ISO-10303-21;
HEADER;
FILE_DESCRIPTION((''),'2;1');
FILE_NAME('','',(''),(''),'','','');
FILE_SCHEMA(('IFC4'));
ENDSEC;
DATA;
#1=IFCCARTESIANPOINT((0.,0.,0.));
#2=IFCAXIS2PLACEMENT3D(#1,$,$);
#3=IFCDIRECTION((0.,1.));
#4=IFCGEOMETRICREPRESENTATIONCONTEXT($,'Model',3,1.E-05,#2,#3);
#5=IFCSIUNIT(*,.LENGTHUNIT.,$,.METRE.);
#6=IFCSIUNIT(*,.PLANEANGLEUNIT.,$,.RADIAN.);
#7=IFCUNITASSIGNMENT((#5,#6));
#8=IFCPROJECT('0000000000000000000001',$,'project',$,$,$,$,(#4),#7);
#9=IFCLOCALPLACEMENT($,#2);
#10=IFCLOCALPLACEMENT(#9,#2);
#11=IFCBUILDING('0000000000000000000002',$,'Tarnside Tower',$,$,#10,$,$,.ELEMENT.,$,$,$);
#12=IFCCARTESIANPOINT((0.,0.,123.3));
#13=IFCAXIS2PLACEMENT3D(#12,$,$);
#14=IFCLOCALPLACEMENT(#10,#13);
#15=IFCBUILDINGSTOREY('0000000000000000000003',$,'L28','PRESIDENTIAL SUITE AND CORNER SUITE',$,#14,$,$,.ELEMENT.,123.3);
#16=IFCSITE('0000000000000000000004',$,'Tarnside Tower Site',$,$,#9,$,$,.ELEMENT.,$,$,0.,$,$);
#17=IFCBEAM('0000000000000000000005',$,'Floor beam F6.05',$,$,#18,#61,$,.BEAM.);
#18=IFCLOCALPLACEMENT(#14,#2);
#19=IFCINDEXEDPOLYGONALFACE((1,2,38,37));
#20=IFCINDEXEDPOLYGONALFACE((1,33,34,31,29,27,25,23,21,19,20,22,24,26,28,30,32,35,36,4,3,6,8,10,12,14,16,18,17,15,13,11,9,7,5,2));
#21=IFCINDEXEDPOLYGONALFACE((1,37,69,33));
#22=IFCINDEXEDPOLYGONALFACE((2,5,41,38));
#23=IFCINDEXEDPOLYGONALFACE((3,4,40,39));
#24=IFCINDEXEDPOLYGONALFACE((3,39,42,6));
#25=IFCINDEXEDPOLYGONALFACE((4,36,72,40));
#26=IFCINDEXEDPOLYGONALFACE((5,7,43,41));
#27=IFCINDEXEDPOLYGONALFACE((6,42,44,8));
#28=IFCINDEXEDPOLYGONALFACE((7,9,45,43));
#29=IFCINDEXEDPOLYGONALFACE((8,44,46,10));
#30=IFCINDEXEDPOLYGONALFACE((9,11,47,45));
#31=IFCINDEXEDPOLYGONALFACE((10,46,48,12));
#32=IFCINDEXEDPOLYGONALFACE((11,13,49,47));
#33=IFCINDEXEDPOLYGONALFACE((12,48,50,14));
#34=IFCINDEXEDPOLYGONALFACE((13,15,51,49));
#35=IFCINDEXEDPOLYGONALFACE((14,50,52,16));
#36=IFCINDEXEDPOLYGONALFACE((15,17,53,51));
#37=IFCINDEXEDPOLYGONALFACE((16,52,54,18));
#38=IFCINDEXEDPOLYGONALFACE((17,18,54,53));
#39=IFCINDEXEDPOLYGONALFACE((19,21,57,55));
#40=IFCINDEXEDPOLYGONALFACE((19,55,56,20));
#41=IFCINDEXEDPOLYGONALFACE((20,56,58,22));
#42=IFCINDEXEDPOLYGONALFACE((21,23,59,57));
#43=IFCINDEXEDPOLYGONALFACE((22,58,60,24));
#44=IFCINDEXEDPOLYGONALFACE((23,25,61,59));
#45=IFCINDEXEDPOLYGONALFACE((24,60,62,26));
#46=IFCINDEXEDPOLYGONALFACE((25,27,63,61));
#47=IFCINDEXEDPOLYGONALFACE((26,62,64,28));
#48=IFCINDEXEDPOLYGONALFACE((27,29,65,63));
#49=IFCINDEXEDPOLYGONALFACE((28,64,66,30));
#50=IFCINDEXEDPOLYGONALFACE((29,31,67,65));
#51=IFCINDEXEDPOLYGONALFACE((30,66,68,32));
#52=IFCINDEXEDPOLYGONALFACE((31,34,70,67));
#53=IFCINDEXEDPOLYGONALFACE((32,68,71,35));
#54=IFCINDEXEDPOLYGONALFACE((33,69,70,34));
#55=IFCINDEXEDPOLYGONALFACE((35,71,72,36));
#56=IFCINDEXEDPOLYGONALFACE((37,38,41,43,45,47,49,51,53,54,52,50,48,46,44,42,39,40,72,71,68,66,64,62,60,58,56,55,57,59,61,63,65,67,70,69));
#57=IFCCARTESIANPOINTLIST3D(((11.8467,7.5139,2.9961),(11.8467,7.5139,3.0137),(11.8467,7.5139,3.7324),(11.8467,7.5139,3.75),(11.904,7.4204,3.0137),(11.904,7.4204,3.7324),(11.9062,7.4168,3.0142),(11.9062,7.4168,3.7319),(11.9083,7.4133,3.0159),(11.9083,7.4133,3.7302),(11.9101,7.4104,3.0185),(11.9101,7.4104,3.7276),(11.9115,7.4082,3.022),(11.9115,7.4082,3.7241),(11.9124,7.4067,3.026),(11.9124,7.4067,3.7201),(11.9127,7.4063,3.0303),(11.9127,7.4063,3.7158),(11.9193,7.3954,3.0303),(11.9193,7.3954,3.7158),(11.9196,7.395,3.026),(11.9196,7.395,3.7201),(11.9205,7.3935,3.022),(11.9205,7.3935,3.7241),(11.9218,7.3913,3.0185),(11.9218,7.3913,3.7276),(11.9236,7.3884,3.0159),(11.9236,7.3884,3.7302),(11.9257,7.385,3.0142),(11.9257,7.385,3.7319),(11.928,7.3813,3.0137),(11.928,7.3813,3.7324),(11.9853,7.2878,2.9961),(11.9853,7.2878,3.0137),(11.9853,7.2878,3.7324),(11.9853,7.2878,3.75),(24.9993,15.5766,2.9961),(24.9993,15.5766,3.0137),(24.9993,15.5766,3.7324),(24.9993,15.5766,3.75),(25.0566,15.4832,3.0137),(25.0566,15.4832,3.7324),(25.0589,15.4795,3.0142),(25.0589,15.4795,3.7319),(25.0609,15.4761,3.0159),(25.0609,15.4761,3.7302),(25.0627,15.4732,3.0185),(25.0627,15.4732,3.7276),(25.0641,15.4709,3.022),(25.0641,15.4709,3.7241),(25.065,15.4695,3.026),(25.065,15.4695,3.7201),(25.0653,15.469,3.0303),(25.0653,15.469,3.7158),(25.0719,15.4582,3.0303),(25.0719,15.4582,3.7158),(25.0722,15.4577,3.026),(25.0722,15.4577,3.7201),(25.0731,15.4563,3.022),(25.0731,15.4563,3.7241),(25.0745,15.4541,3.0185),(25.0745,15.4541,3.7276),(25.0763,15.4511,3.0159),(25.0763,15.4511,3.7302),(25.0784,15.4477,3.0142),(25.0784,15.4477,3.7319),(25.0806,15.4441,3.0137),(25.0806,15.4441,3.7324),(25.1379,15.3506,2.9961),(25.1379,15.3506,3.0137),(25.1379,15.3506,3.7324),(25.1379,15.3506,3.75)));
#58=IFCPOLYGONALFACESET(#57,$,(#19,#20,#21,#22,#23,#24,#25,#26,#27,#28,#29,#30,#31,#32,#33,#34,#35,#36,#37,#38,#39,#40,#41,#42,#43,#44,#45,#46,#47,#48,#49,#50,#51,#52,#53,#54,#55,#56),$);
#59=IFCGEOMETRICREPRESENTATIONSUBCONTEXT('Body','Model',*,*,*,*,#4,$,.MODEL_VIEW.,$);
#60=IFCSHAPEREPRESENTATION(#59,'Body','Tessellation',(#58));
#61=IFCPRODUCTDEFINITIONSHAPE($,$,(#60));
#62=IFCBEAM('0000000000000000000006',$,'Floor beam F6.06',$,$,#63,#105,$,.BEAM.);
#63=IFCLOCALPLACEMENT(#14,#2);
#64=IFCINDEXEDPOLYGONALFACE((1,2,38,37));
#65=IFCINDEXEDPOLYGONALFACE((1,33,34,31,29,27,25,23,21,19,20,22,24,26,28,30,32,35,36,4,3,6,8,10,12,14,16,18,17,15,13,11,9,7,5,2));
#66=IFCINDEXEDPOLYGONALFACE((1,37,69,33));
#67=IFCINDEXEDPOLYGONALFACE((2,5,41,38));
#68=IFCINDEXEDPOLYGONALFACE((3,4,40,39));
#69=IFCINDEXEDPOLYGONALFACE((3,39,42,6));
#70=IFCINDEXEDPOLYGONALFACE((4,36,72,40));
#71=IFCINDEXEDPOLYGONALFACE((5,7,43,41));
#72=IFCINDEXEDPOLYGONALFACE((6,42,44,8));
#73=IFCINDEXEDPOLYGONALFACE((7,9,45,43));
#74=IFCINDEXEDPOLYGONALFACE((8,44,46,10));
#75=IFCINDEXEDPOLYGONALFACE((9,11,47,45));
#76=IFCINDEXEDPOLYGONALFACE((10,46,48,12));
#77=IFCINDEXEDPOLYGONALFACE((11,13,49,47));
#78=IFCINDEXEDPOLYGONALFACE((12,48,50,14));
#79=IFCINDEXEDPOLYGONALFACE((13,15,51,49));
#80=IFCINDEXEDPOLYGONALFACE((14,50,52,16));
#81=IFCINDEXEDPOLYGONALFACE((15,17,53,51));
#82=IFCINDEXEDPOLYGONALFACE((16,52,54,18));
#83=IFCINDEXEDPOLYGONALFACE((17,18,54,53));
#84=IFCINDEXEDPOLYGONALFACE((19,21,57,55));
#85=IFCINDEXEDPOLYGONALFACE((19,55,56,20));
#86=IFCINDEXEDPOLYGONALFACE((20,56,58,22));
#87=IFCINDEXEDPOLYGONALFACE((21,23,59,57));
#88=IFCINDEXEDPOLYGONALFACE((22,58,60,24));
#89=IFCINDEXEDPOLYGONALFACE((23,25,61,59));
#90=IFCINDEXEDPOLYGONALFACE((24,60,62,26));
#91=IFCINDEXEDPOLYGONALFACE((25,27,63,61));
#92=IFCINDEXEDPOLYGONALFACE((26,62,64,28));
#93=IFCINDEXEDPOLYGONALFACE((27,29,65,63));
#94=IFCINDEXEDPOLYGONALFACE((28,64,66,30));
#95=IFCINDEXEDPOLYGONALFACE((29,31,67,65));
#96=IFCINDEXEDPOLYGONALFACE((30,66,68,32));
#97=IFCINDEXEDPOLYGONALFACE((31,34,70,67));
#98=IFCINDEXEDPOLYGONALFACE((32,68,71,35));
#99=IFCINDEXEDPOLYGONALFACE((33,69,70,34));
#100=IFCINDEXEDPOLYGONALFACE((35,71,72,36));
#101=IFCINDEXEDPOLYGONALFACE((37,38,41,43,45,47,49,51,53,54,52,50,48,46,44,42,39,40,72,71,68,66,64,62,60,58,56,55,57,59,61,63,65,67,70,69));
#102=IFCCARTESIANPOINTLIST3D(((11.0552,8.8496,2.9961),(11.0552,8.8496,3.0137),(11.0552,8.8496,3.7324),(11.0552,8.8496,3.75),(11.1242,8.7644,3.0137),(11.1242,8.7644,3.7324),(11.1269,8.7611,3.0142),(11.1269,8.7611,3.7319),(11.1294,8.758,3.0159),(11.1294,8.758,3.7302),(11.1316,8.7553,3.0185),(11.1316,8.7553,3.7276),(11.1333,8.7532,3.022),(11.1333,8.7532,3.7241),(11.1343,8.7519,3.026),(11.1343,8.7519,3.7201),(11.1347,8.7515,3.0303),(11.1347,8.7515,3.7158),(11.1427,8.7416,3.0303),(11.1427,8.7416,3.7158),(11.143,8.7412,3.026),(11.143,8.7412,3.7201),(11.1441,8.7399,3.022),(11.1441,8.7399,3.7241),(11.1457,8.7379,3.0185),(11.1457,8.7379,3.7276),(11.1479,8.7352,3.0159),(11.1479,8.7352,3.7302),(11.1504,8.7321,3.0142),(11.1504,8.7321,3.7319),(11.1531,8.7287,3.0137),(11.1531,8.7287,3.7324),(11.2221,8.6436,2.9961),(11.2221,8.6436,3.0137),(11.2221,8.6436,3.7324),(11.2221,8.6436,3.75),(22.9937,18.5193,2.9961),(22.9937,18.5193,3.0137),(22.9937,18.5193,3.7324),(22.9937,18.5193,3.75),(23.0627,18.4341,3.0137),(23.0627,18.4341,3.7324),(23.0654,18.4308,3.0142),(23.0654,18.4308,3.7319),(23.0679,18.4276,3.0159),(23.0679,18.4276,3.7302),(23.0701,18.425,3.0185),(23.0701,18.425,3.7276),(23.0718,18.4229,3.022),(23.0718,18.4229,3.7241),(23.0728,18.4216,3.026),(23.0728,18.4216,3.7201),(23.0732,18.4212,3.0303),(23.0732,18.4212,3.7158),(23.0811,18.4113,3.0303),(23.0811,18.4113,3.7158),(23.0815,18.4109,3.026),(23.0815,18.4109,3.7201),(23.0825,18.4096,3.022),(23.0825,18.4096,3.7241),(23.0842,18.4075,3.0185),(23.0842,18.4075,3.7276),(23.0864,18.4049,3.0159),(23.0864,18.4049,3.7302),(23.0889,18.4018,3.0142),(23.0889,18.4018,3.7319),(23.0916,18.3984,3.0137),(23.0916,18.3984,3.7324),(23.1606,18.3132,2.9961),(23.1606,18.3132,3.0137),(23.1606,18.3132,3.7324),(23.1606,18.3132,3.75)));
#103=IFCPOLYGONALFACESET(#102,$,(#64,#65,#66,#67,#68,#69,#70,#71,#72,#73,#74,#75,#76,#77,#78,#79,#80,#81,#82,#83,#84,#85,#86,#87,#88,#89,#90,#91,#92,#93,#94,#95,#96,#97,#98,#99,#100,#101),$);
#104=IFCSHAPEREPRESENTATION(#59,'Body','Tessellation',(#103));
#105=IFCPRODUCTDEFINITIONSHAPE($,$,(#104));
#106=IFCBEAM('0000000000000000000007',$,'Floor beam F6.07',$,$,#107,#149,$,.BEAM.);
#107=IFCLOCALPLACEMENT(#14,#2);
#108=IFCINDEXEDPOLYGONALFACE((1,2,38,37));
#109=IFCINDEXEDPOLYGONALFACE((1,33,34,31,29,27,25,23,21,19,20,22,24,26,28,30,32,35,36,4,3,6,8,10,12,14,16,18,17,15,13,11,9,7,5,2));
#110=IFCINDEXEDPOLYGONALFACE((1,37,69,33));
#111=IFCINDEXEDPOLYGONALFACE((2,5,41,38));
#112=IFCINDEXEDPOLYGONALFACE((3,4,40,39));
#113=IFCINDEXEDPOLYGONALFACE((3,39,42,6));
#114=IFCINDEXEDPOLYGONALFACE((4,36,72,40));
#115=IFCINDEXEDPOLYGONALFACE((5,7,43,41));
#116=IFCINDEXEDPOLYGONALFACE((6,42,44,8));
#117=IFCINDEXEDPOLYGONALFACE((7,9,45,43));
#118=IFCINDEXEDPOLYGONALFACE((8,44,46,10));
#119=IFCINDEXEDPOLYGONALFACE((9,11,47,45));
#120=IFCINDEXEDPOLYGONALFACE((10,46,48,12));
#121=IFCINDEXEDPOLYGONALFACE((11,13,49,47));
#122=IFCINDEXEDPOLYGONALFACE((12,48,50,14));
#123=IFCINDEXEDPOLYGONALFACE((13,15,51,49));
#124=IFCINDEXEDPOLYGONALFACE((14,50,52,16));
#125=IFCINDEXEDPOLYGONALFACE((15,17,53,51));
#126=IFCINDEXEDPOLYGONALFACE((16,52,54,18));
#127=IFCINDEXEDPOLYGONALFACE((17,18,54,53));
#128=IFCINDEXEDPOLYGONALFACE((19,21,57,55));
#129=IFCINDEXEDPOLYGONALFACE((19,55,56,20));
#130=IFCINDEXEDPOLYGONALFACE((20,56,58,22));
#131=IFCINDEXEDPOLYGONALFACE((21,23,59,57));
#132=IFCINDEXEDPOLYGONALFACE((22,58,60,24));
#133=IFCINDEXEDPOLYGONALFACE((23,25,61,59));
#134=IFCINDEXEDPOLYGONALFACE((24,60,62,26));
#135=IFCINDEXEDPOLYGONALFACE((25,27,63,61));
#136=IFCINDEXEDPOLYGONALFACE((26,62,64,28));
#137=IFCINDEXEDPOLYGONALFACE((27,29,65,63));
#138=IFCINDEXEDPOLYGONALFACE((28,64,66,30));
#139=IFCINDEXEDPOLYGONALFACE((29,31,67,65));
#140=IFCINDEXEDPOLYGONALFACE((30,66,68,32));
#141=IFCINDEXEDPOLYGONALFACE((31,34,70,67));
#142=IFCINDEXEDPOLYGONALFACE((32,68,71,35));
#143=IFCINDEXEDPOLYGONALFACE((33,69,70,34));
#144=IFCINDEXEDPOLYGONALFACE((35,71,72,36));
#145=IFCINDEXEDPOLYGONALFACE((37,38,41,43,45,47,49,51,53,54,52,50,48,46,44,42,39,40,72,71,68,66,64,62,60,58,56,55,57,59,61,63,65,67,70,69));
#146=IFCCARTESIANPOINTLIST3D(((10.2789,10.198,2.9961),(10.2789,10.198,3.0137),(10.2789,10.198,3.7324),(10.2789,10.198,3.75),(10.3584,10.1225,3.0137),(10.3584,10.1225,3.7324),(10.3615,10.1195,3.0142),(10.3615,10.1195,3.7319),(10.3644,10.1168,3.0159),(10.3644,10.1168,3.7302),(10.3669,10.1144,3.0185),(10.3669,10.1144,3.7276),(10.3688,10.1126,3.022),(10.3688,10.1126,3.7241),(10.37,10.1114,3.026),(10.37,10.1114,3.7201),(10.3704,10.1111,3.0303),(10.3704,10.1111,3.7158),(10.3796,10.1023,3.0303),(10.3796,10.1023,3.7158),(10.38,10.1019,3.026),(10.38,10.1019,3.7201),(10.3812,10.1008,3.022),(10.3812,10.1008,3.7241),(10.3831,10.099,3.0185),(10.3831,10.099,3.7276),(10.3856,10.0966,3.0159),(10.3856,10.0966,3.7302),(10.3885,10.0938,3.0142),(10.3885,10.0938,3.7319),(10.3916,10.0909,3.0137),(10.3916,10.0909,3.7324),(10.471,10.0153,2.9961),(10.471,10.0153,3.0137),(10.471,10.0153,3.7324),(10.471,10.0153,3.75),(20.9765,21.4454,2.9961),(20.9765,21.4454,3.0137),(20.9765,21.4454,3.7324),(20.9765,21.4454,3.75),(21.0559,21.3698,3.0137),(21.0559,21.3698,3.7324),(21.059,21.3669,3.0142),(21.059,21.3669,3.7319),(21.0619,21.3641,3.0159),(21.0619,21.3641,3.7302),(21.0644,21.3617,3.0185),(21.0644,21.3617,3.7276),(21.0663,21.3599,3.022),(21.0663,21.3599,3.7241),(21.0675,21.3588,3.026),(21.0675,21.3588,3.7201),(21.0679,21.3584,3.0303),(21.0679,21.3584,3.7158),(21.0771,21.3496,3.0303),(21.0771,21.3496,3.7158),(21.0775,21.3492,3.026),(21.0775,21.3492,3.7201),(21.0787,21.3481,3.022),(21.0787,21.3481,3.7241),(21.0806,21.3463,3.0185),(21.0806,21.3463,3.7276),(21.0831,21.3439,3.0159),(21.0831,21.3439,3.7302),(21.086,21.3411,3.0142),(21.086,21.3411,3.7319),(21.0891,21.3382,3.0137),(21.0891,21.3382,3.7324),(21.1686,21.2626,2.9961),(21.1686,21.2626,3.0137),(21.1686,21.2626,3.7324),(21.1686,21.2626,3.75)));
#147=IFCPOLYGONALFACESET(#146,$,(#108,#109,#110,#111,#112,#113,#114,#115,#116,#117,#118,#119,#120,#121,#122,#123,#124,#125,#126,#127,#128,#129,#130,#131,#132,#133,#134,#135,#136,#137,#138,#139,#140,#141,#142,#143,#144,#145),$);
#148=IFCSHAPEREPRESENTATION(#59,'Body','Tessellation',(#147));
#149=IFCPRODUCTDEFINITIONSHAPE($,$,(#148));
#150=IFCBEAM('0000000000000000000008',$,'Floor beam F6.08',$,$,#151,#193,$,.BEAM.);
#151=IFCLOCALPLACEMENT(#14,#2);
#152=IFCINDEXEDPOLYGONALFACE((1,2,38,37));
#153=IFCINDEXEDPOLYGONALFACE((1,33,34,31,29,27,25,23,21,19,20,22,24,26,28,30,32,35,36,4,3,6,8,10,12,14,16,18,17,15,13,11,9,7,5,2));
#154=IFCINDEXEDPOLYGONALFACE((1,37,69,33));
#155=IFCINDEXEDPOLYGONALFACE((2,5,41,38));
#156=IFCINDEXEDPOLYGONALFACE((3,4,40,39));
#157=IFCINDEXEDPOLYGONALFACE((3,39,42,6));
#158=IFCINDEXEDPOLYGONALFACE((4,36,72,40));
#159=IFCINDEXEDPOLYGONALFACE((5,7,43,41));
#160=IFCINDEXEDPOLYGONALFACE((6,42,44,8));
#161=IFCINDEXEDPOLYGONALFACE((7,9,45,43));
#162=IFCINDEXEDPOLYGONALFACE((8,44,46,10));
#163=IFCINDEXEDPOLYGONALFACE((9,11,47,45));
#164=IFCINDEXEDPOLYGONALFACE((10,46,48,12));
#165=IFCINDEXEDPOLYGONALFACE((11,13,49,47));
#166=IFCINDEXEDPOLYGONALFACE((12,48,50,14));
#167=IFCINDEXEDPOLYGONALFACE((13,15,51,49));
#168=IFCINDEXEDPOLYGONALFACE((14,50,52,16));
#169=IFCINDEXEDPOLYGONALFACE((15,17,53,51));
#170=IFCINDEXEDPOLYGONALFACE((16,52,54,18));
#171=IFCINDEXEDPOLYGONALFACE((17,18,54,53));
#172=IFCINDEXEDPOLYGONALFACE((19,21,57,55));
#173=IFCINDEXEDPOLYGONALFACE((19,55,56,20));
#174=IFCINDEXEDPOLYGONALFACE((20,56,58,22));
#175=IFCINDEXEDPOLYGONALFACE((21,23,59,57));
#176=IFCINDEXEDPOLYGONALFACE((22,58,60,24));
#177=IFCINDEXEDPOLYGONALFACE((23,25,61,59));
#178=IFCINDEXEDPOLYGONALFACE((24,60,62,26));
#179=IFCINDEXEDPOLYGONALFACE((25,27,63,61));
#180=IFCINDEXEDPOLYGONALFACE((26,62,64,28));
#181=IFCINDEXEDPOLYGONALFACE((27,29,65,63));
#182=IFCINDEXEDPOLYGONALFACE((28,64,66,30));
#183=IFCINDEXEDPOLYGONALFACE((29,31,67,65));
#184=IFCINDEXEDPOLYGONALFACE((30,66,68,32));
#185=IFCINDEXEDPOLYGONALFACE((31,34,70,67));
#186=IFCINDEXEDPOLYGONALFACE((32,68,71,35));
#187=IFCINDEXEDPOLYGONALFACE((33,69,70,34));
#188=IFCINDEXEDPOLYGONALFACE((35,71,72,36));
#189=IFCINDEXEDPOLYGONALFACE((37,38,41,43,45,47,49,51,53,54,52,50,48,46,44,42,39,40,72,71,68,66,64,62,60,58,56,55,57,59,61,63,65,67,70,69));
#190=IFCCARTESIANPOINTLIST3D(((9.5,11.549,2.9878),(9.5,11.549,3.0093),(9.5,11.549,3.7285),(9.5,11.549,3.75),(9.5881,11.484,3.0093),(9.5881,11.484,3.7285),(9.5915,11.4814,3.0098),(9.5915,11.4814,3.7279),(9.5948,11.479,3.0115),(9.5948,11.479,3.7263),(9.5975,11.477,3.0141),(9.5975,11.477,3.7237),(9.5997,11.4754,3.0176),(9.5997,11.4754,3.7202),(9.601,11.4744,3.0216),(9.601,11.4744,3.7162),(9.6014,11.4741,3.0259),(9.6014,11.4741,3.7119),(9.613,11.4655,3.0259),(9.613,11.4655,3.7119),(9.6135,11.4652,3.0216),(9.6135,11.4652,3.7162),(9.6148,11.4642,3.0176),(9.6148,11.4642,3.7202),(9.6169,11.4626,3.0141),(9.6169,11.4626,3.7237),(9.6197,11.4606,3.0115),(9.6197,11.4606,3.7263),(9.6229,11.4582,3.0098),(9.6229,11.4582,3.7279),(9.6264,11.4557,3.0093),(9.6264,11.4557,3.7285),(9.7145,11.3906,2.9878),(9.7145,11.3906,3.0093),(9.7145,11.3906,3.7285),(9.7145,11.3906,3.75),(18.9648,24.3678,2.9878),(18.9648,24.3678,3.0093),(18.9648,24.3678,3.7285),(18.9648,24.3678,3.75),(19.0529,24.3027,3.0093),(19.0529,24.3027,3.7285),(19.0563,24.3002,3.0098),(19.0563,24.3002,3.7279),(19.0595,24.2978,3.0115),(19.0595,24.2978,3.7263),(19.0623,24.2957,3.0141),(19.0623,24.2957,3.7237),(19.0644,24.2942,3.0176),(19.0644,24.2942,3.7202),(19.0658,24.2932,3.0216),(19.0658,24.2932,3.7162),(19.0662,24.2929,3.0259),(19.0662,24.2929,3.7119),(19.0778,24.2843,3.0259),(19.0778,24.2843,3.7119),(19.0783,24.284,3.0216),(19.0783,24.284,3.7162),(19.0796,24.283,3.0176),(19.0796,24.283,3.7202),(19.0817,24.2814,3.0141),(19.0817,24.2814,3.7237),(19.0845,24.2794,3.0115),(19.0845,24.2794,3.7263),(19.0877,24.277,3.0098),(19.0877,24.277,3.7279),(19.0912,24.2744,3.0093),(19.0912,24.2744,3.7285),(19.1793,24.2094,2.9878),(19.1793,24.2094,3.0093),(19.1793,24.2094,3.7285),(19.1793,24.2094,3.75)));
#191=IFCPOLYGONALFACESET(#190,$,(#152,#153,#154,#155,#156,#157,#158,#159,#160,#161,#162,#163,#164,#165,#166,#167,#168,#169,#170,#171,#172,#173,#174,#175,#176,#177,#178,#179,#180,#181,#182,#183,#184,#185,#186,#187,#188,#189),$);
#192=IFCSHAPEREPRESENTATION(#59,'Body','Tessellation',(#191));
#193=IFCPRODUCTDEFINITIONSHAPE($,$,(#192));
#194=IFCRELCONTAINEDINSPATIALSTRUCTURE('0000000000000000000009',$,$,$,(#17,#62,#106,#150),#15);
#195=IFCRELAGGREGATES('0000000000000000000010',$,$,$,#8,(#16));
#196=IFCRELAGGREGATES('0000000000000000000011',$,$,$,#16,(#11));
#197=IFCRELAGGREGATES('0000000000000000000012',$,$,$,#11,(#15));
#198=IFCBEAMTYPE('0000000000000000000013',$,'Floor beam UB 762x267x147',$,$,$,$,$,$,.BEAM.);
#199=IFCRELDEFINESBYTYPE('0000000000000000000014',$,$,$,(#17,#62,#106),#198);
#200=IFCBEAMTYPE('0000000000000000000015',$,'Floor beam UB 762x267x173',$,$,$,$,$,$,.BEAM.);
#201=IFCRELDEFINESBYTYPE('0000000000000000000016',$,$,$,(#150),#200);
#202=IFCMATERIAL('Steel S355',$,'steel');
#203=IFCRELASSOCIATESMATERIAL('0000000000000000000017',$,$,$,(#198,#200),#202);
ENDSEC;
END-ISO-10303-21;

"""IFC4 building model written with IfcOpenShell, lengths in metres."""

from ifc_helpers import new_model, si_unit, direction, frame, origin, origin_2d, place, context, subcontext, project, spatial, i_section, extrude, material, material_profile, profile_set, type_object, element, save


model = new_model("IFC4")

# Units and contexts
model_context = context("Model", 3, precision=1e-05, world=origin(), true_north=direction((0.0, 1.0)))
body_context = subcontext(model_context, "Body", "Model", "MODEL_VIEW")
ifc_project = project(units=[si_unit("LENGTHUNIT", "METRE"), si_unit("PLANEANGLEUNIT", "RADIAN")], contexts=[model_context])

# Site, building, storey
site_placement = place(None, origin())
site = spatial("IfcSite", under=ifc_project, at=site_placement, Name="Tarnside Tower Site", CompositionType="ELEMENT", RefElevation=0.0)
building_placement = place(site_placement, origin())
building = spatial("IfcBuilding", under=site, at=building_placement, Name="Tarnside Tower", CompositionType="ELEMENT")
storey_placement = place(building_placement, frame((0.0, 0.0, 123.3)))
storey = spatial("IfcBuildingStorey", under=building, at=storey_placement, Name="L28", Description="PRESIDENTIAL SUITE AND CORNER SUITE", CompositionType="ELEMENT", Elevation=123.3)

# Beams
ifc_material_1 = material(Name="Steel S355", Category="steel")
ifc_material_profile_1 = material_profile(ifc_material_1, i_section(OverallWidth=0.2651, OverallDepth=0.7539, WebThickness=0.0127, FlangeThickness=0.0176, FilletRadius=0.0166, at=origin_2d()), Name="UB 762x267x147")
ifc_profile_set_1 = profile_set([ifc_material_profile_1], Name="Steel S355")
beam_type_1 = type_object("IfcBeamType", Name="Floor beam UB 762x267x147", PredefinedType="BEAM", material=ifc_profile_set_1)
beam_1_placement = place(storey_placement, frame((25.0686, 15.4636, 3.373), z_axis=(-0.852558, -0.522632, 0.0), x_axis=(0.522632, -0.852558, 0.0)))
element("IfcBeam", 1, at=beam_1_placement, inside=storey, type_object=beam_type_1, Name="Floor beam F6.05", PredefinedType="BEAM", context=body_context, shape_type="SweptSolid", body=[
    extrude(i_section(OverallWidth=0.2651, OverallDepth=0.7539, WebThickness=0.0127, FlangeThickness=0.0176, FilletRadius=0.0166, at=origin_2d()), origin(), (0.0, 0.0, 1.0), 15.4272),
])
beam_2_placement = place(storey_placement, frame((23.0771, 18.4163, 3.373), z_axis=(-0.777079, -0.629403, 0.0), x_axis=(0.629403, -0.777079, 0.0)))
element("IfcBeam", 2, at=beam_2_placement, inside=storey, type_object=beam_type_1, Name="Floor beam F6.06", PredefinedType="BEAM", context=body_context, shape_type="SweptSolid", body=[
    extrude(i_section(OverallWidth=0.2651, OverallDepth=0.7539, WebThickness=0.0127, FlangeThickness=0.0176, FilletRadius=0.0166, at=origin_2d()), origin(), (0.0, 0.0, 1.0), 15.3633),
])
beam_3_placement = place(storey_placement, frame((21.0725, 21.354, 3.373), z_axis=(-0.689175, -0.724595, 0.0), x_axis=(0.724595, -0.689175, 0.0)))
element("IfcBeam", 3, at=beam_3_placement, inside=storey, type_object=beam_type_1, Name="Floor beam F6.07", PredefinedType="BEAM", context=body_context, shape_type="SweptSolid", body=[
    extrude(i_section(OverallWidth=0.2651, OverallDepth=0.7539, WebThickness=0.0127, FlangeThickness=0.0176, FilletRadius=0.0166, at=origin_2d()), origin(), (0.0, 0.0, 1.0), 15.5222),
])
ifc_material_profile_2 = material_profile(ifc_material_1, i_section(OverallWidth=0.2666, OverallDepth=0.7622, WebThickness=0.0144, FlangeThickness=0.0215, FilletRadius=0.0166, at=origin_2d()), Name="UB 762x267x173")
ifc_profile_set_2 = profile_set([ifc_material_profile_2], Name="Steel S355")
beam_type_2 = type_object("IfcBeamType", Name="Floor beam UB 762x267x173", PredefinedType="BEAM", material=ifc_profile_set_2)
beam_4_placement = place(storey_placement, frame((19.072, 24.2886, 3.3689), z_axis=(-0.593987, -0.804475, 0.0), x_axis=(0.804475, -0.593987, 0.0)))
element("IfcBeam", 4, at=beam_4_placement, inside=storey, type_object=beam_type_2, Name="Floor beam F6.08", PredefinedType="BEAM", context=body_context, shape_type="SweptSolid", body=[
    extrude(i_section(OverallWidth=0.2666, OverallDepth=0.7622, WebThickness=0.0144, FlangeThickness=0.0215, FilletRadius=0.0166, at=origin_2d()), origin(), (0.0, 0.0, 1.0), 15.9343),
])

save(model, "model.ifc")
